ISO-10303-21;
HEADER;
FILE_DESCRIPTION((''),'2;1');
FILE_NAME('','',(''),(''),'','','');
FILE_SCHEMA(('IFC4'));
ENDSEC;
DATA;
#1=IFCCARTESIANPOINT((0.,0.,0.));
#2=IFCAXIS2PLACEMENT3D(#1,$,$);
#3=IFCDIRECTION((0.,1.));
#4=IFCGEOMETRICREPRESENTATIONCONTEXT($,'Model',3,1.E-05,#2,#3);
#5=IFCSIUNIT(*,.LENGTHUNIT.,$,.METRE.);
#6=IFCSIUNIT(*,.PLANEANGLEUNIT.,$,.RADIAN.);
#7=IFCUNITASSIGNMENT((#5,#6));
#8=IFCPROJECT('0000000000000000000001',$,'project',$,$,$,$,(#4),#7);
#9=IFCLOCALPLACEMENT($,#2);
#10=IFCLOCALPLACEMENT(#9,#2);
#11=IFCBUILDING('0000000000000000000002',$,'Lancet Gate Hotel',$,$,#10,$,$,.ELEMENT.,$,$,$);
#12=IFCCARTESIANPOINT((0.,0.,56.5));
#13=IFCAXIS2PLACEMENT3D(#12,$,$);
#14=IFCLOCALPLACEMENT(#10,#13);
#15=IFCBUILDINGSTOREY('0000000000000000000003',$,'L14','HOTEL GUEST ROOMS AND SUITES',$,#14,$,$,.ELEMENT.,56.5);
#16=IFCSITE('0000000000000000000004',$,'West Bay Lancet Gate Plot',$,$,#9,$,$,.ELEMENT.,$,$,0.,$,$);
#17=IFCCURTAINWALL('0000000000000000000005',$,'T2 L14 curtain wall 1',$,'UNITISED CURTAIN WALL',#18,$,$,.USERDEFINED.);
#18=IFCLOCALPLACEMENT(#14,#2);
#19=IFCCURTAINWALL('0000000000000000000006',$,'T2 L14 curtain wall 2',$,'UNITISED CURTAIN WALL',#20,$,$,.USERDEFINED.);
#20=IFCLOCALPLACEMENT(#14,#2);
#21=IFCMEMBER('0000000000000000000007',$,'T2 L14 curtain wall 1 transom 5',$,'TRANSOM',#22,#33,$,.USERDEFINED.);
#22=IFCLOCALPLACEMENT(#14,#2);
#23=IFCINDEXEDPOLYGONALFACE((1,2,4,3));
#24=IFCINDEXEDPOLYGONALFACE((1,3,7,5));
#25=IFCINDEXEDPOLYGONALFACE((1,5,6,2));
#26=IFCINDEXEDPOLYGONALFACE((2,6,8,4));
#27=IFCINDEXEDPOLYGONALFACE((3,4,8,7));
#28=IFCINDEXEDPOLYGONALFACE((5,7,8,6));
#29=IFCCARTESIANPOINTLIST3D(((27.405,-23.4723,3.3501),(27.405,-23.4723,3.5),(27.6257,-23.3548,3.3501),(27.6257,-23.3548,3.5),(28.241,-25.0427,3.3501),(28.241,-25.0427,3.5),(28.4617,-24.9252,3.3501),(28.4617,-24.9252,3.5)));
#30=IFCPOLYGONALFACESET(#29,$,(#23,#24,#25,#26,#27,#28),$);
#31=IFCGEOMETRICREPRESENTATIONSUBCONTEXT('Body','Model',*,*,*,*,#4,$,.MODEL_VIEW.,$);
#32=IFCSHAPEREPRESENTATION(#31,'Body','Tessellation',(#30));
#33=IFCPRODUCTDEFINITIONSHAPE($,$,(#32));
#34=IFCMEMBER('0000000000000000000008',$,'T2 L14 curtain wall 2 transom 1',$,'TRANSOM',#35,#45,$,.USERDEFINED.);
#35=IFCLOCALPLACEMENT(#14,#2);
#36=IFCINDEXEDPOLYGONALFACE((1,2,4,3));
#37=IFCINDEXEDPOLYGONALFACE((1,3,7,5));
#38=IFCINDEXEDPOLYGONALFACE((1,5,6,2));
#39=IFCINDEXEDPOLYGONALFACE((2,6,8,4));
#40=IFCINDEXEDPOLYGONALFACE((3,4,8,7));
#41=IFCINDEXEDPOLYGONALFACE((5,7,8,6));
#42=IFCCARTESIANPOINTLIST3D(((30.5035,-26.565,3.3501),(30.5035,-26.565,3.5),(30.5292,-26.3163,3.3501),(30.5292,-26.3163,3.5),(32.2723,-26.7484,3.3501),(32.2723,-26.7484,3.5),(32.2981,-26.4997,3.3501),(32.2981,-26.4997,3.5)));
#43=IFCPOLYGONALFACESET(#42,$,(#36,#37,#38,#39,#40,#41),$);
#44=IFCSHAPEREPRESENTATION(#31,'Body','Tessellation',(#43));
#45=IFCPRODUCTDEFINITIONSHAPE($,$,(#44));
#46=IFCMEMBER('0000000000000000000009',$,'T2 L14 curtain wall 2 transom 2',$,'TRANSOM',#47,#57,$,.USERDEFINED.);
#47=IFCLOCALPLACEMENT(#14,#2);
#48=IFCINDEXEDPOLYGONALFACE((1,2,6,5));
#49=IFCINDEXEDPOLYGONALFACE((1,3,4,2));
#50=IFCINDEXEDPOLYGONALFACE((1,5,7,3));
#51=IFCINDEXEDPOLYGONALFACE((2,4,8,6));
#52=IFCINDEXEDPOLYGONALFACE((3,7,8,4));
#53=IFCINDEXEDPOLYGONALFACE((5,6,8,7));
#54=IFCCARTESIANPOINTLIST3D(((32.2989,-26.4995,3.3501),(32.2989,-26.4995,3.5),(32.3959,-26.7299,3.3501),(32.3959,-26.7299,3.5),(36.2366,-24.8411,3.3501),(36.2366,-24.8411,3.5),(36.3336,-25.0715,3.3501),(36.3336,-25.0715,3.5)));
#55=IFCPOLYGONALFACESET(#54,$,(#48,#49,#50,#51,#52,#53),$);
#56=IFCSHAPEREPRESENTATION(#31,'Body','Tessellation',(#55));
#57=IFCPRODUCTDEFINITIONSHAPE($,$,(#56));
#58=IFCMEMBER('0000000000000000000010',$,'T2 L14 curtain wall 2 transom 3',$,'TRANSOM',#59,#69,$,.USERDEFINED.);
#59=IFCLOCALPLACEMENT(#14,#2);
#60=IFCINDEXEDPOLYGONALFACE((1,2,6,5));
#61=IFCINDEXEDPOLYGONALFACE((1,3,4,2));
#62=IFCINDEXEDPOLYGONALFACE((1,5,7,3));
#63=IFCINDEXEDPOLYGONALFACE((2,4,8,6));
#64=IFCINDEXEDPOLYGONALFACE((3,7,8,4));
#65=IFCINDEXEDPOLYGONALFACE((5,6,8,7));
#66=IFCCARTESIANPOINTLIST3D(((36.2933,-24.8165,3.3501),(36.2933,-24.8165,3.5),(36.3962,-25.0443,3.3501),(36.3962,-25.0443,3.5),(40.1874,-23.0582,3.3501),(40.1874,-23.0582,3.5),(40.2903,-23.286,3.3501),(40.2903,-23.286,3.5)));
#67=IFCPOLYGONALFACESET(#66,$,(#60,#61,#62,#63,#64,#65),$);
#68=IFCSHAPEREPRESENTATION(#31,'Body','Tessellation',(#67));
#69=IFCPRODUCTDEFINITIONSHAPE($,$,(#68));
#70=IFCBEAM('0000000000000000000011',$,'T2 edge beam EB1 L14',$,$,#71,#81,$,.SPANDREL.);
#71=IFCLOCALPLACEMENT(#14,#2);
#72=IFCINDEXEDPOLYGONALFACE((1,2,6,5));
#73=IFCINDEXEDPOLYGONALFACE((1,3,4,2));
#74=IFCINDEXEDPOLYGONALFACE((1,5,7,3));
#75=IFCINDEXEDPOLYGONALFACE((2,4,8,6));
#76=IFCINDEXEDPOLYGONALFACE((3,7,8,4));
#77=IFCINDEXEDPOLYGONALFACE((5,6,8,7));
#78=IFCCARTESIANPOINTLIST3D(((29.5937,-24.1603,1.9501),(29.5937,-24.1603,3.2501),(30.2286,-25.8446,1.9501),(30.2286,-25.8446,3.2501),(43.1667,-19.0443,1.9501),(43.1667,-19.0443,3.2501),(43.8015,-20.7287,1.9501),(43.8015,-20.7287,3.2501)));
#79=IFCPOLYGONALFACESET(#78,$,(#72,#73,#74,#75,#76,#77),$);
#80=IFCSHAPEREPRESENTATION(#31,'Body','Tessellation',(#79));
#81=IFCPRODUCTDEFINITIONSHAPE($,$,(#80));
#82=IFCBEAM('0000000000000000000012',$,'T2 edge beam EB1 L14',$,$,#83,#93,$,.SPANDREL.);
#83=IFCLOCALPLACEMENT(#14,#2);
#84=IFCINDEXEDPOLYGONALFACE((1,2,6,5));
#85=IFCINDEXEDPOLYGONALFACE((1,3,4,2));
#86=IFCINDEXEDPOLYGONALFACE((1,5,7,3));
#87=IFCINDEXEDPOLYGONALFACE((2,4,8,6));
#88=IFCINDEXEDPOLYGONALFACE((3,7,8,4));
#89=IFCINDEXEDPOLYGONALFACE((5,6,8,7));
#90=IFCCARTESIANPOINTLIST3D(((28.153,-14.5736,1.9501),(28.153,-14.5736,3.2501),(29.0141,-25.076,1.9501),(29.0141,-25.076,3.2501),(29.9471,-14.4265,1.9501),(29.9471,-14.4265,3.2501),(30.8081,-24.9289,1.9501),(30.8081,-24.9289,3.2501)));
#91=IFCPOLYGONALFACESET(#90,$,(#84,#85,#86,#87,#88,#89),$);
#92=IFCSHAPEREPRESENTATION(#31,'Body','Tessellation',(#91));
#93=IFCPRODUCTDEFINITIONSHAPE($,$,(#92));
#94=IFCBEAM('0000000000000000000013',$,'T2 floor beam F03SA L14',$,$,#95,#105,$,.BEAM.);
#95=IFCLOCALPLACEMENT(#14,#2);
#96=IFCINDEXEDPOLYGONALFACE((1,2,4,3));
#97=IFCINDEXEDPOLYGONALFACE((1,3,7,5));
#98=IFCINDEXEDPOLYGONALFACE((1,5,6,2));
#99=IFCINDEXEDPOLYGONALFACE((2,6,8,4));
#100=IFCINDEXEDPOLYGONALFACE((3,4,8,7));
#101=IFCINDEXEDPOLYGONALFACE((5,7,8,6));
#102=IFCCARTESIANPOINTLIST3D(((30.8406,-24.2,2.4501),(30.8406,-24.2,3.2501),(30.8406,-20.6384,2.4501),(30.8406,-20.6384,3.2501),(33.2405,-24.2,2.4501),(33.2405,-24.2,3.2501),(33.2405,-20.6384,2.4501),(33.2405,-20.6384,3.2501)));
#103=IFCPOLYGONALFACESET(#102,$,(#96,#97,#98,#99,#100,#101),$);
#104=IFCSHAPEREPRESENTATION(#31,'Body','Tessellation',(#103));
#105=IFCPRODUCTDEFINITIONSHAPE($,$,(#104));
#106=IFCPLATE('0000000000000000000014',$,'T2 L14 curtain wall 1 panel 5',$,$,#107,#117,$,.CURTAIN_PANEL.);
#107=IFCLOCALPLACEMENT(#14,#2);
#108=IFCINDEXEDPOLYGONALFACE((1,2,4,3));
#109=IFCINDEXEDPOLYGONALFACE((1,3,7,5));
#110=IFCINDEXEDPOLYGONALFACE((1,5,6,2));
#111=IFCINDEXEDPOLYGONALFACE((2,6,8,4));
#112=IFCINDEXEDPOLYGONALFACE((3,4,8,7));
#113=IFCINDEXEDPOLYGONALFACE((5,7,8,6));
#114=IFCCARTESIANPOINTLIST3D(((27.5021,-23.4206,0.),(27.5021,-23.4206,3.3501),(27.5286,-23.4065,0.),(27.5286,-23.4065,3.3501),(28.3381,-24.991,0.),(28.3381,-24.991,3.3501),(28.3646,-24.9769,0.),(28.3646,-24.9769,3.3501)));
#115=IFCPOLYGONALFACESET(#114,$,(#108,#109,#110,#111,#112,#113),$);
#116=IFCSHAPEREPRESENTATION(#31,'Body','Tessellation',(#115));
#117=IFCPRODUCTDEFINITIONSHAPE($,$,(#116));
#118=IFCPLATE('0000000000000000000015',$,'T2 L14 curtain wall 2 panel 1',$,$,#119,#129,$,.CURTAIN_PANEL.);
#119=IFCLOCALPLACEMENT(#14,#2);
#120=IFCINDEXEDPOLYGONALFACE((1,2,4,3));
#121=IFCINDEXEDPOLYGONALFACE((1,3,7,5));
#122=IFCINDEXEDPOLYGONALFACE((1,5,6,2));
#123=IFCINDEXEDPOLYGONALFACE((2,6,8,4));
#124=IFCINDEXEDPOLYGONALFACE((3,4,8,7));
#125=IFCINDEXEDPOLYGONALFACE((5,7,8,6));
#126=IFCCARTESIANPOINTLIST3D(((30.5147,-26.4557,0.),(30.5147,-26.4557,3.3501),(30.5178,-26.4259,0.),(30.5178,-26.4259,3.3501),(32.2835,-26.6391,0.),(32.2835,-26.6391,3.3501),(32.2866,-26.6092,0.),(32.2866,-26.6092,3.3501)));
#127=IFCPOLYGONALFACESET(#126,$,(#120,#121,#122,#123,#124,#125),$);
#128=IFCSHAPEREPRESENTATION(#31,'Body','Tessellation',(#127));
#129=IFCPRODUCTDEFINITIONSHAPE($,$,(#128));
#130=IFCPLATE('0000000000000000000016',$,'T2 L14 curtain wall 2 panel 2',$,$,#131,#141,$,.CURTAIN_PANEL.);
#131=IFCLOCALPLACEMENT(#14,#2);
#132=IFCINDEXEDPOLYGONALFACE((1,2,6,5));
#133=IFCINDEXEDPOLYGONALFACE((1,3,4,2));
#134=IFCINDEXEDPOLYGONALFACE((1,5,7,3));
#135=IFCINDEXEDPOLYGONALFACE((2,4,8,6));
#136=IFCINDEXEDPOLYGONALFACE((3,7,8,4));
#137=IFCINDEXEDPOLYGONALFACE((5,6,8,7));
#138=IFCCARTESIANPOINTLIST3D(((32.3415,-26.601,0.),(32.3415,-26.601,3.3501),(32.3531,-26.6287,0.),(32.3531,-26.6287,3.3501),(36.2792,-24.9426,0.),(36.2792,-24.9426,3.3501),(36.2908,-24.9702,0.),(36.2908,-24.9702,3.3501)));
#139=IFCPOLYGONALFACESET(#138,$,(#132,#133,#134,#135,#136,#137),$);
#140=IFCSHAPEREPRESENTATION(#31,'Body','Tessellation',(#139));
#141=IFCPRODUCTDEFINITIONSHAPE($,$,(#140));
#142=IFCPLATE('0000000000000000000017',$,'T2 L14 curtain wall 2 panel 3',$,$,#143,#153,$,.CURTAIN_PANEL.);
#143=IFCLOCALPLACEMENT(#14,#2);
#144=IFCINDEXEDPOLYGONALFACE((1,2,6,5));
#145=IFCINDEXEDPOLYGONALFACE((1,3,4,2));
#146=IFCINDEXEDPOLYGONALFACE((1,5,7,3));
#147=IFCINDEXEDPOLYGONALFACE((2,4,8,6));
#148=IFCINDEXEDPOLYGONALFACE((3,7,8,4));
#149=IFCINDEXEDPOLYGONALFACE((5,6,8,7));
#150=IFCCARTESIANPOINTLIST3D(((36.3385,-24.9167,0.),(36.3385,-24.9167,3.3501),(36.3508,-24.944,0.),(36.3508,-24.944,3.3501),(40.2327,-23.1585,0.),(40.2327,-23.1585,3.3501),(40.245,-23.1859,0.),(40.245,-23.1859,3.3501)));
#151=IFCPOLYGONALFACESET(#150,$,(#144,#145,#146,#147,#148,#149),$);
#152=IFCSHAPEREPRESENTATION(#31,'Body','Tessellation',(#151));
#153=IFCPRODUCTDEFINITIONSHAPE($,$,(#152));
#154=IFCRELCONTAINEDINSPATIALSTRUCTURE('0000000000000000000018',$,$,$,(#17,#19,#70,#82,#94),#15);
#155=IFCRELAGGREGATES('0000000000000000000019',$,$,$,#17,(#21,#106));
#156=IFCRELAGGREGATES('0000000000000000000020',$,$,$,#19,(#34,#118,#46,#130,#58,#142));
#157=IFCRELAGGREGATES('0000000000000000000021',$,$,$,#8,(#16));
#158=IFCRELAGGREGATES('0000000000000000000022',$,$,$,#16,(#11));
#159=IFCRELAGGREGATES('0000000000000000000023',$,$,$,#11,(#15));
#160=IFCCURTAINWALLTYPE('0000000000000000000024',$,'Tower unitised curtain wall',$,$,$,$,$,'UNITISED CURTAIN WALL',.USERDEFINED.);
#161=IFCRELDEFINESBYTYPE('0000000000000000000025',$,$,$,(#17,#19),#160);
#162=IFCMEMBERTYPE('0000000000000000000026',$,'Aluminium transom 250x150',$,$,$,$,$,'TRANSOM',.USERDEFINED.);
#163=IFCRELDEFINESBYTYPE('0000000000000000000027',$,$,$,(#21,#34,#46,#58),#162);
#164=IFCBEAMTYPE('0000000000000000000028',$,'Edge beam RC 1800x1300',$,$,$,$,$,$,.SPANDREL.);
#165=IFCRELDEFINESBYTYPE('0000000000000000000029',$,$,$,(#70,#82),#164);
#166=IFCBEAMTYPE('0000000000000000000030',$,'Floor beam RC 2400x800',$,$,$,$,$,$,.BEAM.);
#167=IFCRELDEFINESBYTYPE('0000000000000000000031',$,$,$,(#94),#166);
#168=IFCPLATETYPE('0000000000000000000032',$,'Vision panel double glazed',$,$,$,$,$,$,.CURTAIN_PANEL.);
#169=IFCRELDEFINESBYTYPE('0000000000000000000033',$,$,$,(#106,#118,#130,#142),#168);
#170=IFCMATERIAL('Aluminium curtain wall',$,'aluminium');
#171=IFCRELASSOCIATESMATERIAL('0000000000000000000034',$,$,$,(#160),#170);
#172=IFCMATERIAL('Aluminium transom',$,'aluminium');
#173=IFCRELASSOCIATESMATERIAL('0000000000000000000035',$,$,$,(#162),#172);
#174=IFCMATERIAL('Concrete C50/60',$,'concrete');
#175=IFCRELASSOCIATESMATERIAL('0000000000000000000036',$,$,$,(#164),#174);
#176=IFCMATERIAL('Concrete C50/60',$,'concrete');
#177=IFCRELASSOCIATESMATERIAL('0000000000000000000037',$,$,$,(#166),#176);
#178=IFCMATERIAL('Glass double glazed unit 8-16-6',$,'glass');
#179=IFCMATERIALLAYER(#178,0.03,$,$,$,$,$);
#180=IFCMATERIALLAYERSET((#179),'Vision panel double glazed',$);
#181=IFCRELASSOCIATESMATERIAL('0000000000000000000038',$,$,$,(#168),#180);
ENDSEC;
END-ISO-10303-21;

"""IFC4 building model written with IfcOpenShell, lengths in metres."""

from ifc_helpers import new_model, si_unit, direction, frame, origin, origin_2d, place, context, subcontext, project, spatial, rectangle, extrude, material, layer, layer_set, material_profile, profile_set, type_object, element, aggregate, save


model = new_model("IFC4")

# Units and contexts
model_context = context("Model", 3, precision=1e-05, world=origin(), true_north=direction((0.0, 1.0)))
body_context = subcontext(model_context, "Body", "Model", "MODEL_VIEW")
ifc_project = project(units=[si_unit("LENGTHUNIT", "METRE"), si_unit("PLANEANGLEUNIT", "RADIAN")], contexts=[model_context])

# Site, building, storey
site_placement = place(None, origin())
site = spatial("IfcSite", under=ifc_project, at=site_placement, Name="West Bay Lancet Gate Plot", CompositionType="ELEMENT", RefElevation=0.0)
building_placement = place(site_placement, origin())
building = spatial("IfcBuilding", under=site, at=building_placement, Name="Lancet Gate Hotel", CompositionType="ELEMENT")
storey_placement = place(building_placement, frame((0.0, 0.0, 56.5)))
storey = spatial("IfcBuildingStorey", under=building, at=storey_placement, Name="L14", Description="HOTEL GUEST ROOMS AND SUITES", CompositionType="ELEMENT", Elevation=56.5)

# Curtain walls
ifc_material_1 = material(Name="Aluminium curtain wall", Category="aluminium")
curtain_wall_type = type_object("IfcCurtainWallType", Name="Tower unitised curtain wall", ElementType="UNITISED CURTAIN WALL", PredefinedType="USERDEFINED", material=ifc_material_1)
curtain_wall_1_placement = place(storey_placement, origin())
curtain_wall_1 = element("IfcCurtainWall", 1, at=curtain_wall_1_placement, inside=storey, type_object=curtain_wall_type, Name="T2 L14 curtain wall 1", ObjectType="UNITISED CURTAIN WALL", PredefinedType="USERDEFINED")
curtain_wall_2_placement = place(storey_placement, origin())
curtain_wall_2 = element("IfcCurtainWall", 2, at=curtain_wall_2_placement, inside=storey, type_object=curtain_wall_type, Name="T2 L14 curtain wall 2", ObjectType="UNITISED CURTAIN WALL", PredefinedType="USERDEFINED")

# Members
ifc_material_2 = material(Name="Aluminium transom", Category="aluminium")
ifc_material_profile_1 = material_profile(ifc_material_2, rectangle(XDim=0.25, YDim=0.1499, at=origin_2d()), Name="TRANSOM 250x150")
ifc_profile_set_1 = profile_set([ifc_material_profile_1], Name="Aluminium transom")
member_type_1 = type_object("IfcMemberType", Name="Aluminium transom 250x150", ElementType="TRANSOM", PredefinedType="USERDEFINED", material=ifc_profile_set_1)
member_1_placement = place(storey_placement, frame((27.5154, -23.4136, 3.425), z_axis=(0.469904, -0.882717, 0.0), x_axis=(0.882717, 0.469904, 0.0)))
member_1 = element("IfcMember", 3, at=member_1_placement, type_object=member_type_1, Name="T2 L14 curtain wall 1 transom 5", ObjectType="TRANSOM", PredefinedType="USERDEFINED", context=body_context, shape_type="SweptSolid", body=[
    extrude(rectangle(XDim=0.25, YDim=0.1499, at=origin_2d()), origin(), (0.0, 0.0, 1.0), 1.7791),
])
member_2_placement = place(storey_placement, frame((30.5164, -26.4407, 3.425), z_axis=(0.99467, -0.103105, 0.0), x_axis=(0.103105, 0.99467, 0.0)))
member_2 = element("IfcMember", 4, at=member_2_placement, type_object=member_type_1, Name="T2 L14 curtain wall 2 transom 1", ObjectType="TRANSOM", PredefinedType="USERDEFINED", context=body_context, shape_type="SweptSolid", body=[
    extrude(rectangle(XDim=0.25, YDim=0.1499, at=origin_2d()), origin(), (0.0, 0.0, 1.0), 1.7783),
])
member_3_placement = place(storey_placement, frame((32.3474, -26.6147, 3.425), z_axis=(0.921598, 0.388146, 0.0), x_axis=(-0.388146, 0.921598, 0.0)))
member_3 = element("IfcMember", 5, at=member_3_placement, type_object=member_type_1, Name="T2 L14 curtain wall 2 transom 2", ObjectType="TRANSOM", PredefinedType="USERDEFINED", context=body_context, shape_type="SweptSolid", body=[
    extrude(rectangle(XDim=0.25, YDim=0.1499, at=origin_2d()), origin(), (0.0, 0.0, 1.0), 4.2727),
])
member_4_placement = place(storey_placement, frame((36.3447, -24.9304, 3.425), z_axis=(0.911397, 0.411529, 0.0), x_axis=(-0.411529, 0.911397, 0.0)))
member_4 = element("IfcMember", 6, at=member_4_placement, type_object=member_type_1, Name="T2 L14 curtain wall 2 transom 3", ObjectType="TRANSOM", PredefinedType="USERDEFINED", context=body_context, shape_type="SweptSolid", body=[
    extrude(rectangle(XDim=0.25, YDim=0.1499, at=origin_2d()), origin(), (0.0, 0.0, 1.0), 4.2727),
])

# Beams
ifc_material_3 = material(Name="Concrete C50/60", Category="concrete")
ifc_material_profile_2 = material_profile(ifc_material_3, rectangle(XDim=1.8, YDim=1.3, at=origin_2d()), Name="RC 1800x1300")
ifc_profile_set_2 = profile_set([ifc_material_profile_2], Name="Concrete C50/60")
beam_type_1 = type_object("IfcBeamType", Name="Edge beam RC 1800x1300", PredefinedType="SPANDREL", material=ifc_profile_set_2)
beam_1_placement = place(storey_placement, frame((29.9111, -25.0024, 2.6001), z_axis=(0.935736, 0.3527, 0.0), x_axis=(-0.3527, 0.935736, 0.0)))
element("IfcBeam", 7, at=beam_1_placement, inside=storey, type_object=beam_type_1, Name="T2 edge beam EB1 L14", PredefinedType="SPANDREL", context=body_context, shape_type="SweptSolid", body=[
    extrude(rectangle(XDim=1.8, YDim=1.3, at=origin_2d()), origin(), (0.0, 0.0, 1.0), 14.5051),
])
beam_2_placement = place(storey_placement, frame((29.9111, -25.0024, 2.6001), z_axis=(-0.081715, 0.996656, 0.0), x_axis=(-0.996656, -0.081715, 0.0)))
element("IfcBeam", 8, at=beam_2_placement, inside=storey, type_object=beam_type_1, Name="T2 edge beam EB1 L14", PredefinedType="SPANDREL", context=body_context, shape_type="SweptSolid", body=[
    extrude(rectangle(XDim=1.8, YDim=1.3, at=origin_2d()), origin(), (0.0, 0.0, 1.0), 10.5376),
])
ifc_material_4 = material(Name="Concrete C50/60", Category="concrete")
ifc_material_profile_3 = material_profile(ifc_material_4, rectangle(XDim=2.3999, YDim=0.8, at=origin_2d()), Name="RC 2400x800")
ifc_profile_set_3 = profile_set([ifc_material_profile_3], Name="Concrete C50/60")
beam_type_2 = type_object("IfcBeamType", Name="Floor beam RC 2400x800", PredefinedType="BEAM", material=ifc_profile_set_3)
beam_3_placement = place(storey_placement, frame((32.0405, -24.2, 2.8501), z_axis=(0.0, 1.0, 0.0), x_axis=(-1.0, 0.0, 0.0)))
element("IfcBeam", 9, at=beam_3_placement, inside=storey, type_object=beam_type_2, Name="T2 floor beam F03SA L14", PredefinedType="BEAM", context=body_context, shape_type="SweptSolid", body=[
    extrude(rectangle(XDim=2.3999, YDim=0.8, at=origin_2d()), origin(), (0.0, 0.0, 1.0), 3.5615),
])

# Plates
ifc_material_5 = material(Name="Glass double glazed unit 8-16-6", Category="glass")
ifc_layer = layer(ifc_material_5, 0.03)
ifc_layer_set = layer_set([ifc_layer], Name="Vision panel double glazed")
plate_type = type_object("IfcPlateType", Name="Vision panel double glazed", PredefinedType="CURTAIN_PANEL", material=ifc_layer_set)
plate_1_placement = place(storey_placement, frame((27.9333, -24.1987, 0.0), z_axis=(0.0, 0.0, 1.0), x_axis=(0.469898, -0.882721, 0.0)))
plate_1 = element("IfcPlate", 10, at=plate_1_placement, type_object=plate_type, Name="T2 L14 curtain wall 1 panel 5", PredefinedType="CURTAIN_PANEL", context=body_context, shape_type="SweptSolid", body=[
    extrude(rectangle(XDim=1.7791, YDim=0.03, at=origin_2d()), origin(), (0.0, 0.0, 1.0), 3.3501),
])
aggregate(curtain_wall_1, [member_1, plate_1])
plate_2_placement = place(storey_placement, frame((31.4006, -26.5325, 0.0), z_axis=(0.0, 0.0, 1.0), x_axis=(0.994672, -0.103088, 0.0)))
plate_2 = element("IfcPlate", 11, at=plate_2_placement, type_object=plate_type, Name="T2 L14 curtain wall 2 panel 1", PredefinedType="CURTAIN_PANEL", context=body_context, shape_type="SweptSolid", body=[
    extrude(rectangle(XDim=1.7783, YDim=0.03, at=origin_2d()), origin(), (0.0, 0.0, 1.0), 3.3501),
])
plate_3_placement = place(storey_placement, frame((34.3162, -25.7856, 0.0), z_axis=(0.0, 0.0, 1.0), x_axis=(0.921593, 0.388157, 0.0)))
plate_3 = element("IfcPlate", 12, at=plate_3_placement, type_object=plate_type, Name="T2 L14 curtain wall 2 panel 2", PredefinedType="CURTAIN_PANEL", context=body_context, shape_type="SweptSolid", body=[
    extrude(rectangle(XDim=4.2727, YDim=0.03, at=origin_2d()), origin(), (0.0, 0.0, 1.0), 3.3501),
])
plate_4_placement = place(storey_placement, frame((38.2917, -24.0513, 0.0), z_axis=(0.0, 0.0, 1.0), x_axis=(0.911416, 0.411487, 0.0)))
plate_4 = element("IfcPlate", 13, at=plate_4_placement, type_object=plate_type, Name="T2 L14 curtain wall 2 panel 3", PredefinedType="CURTAIN_PANEL", context=body_context, shape_type="SweptSolid", body=[
    extrude(rectangle(XDim=4.2727, YDim=0.03, at=origin_2d()), origin(), (0.0, 0.0, 1.0), 3.3501),
])
aggregate(curtain_wall_2, [member_2, plate_2, member_3, plate_3, member_4, plate_4])

save(model, "model.ifc")
